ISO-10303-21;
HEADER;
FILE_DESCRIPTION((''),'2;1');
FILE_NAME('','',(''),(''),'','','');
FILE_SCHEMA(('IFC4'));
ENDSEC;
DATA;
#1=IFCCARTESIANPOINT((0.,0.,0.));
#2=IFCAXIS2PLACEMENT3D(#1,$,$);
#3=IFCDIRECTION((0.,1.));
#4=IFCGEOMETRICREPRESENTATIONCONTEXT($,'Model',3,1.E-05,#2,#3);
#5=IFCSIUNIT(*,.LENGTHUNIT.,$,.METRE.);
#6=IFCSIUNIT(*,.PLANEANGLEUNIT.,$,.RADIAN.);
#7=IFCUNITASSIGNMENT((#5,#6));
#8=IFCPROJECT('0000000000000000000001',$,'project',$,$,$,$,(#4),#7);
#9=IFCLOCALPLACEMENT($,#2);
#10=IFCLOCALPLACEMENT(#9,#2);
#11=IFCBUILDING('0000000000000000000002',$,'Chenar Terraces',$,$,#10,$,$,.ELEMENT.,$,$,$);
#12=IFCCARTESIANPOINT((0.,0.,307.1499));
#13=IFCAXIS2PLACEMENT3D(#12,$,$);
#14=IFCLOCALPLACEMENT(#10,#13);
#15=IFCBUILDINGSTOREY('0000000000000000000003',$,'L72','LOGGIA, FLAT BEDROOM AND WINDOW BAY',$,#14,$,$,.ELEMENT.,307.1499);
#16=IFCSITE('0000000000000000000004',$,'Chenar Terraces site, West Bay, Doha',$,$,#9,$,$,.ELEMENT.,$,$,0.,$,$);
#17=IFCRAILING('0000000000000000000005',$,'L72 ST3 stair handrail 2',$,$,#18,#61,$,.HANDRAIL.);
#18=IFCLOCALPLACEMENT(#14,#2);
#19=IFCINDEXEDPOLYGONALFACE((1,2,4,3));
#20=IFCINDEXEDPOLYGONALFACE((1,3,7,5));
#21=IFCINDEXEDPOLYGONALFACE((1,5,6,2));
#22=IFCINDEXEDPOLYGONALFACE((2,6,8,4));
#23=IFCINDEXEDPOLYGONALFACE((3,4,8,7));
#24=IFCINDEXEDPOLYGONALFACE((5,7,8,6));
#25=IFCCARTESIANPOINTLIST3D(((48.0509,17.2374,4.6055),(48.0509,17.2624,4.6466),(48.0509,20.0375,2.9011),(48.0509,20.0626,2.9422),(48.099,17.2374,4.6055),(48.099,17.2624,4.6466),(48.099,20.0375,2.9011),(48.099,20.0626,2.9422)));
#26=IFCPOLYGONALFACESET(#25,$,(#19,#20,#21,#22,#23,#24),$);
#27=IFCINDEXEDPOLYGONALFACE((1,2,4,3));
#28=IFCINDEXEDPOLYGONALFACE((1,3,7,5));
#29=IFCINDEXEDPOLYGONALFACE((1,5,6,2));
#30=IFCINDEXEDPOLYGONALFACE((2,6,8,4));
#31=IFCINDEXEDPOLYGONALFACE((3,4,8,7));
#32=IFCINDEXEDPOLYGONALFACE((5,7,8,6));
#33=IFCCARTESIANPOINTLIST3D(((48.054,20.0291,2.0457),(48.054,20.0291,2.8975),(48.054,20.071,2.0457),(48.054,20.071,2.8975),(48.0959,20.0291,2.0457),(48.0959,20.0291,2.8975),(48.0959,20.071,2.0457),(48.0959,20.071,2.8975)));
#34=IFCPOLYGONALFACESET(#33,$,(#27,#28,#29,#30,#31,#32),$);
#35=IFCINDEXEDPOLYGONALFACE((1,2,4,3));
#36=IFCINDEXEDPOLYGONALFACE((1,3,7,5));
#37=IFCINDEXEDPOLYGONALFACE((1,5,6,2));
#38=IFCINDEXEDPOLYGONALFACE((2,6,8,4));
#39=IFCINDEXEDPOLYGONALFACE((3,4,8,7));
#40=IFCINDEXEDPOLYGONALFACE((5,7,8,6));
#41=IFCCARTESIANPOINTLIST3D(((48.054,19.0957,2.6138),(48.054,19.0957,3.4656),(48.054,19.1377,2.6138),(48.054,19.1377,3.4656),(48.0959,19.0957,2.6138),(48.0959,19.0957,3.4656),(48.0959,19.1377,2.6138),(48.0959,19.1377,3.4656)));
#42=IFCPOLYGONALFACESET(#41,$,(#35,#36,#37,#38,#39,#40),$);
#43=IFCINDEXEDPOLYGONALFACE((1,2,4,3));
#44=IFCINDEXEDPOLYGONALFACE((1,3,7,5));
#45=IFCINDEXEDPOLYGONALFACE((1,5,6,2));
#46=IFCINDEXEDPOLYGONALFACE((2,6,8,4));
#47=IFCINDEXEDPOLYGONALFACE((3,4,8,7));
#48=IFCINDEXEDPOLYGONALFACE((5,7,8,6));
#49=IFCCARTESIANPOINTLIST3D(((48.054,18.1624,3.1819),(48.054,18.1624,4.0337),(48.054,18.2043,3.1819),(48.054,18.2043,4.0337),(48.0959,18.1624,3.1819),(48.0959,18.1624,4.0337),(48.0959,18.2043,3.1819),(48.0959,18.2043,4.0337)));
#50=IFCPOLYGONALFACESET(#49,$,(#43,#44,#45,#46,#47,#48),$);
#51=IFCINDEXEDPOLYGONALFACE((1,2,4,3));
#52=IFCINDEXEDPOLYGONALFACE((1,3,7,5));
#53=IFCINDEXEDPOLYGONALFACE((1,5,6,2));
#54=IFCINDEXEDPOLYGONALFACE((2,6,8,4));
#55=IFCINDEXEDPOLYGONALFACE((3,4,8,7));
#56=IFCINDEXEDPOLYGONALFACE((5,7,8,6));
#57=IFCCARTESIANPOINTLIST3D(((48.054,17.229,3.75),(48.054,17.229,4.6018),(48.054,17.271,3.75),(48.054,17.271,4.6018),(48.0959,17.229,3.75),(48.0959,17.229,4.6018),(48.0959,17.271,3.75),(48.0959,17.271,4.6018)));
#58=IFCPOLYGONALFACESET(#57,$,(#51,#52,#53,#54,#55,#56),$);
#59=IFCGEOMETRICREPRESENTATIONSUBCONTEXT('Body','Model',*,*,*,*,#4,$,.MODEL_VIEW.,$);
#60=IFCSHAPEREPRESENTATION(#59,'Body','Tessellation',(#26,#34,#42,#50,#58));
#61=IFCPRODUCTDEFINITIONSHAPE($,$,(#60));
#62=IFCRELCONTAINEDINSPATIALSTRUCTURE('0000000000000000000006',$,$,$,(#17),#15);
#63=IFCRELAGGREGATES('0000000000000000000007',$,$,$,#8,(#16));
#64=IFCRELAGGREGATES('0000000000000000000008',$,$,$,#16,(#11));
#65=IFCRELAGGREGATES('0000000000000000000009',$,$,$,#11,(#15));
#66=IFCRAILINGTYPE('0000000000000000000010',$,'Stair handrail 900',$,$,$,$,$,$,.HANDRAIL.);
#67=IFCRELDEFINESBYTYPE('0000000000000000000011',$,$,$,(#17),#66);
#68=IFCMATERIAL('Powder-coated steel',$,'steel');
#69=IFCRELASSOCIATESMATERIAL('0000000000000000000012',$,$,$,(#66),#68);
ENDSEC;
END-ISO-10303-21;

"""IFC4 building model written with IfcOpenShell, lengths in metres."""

from ifc_helpers import new_model, si_unit, direction, frame, origin, origin_2d, place, context, subcontext, project, spatial, rectangle, extrude, material, type_object, element, save


model = new_model("IFC4")

# Units and contexts
model_context = context("Model", 3, precision=1e-05, world=origin(), true_north=direction((0.0, 1.0)))
body_context = subcontext(model_context, "Body", "Model", "MODEL_VIEW")
ifc_project = project(units=[si_unit("LENGTHUNIT", "METRE"), si_unit("PLANEANGLEUNIT", "RADIAN")], contexts=[model_context])

# Site, building, storey
site_placement = place(None, origin())
site = spatial("IfcSite", under=ifc_project, at=site_placement, Name="Chenar Terraces site, West Bay, Doha", CompositionType="ELEMENT", RefElevation=0.0)
building_placement = place(site_placement, origin())
building = spatial("IfcBuilding", under=site, at=building_placement, Name="Chenar Terraces", CompositionType="ELEMENT")
storey_placement = place(building_placement, frame((0.0, 0.0, 307.1499)))
storey = spatial("IfcBuildingStorey", under=building, at=storey_placement, Name="L72", Description="LOGGIA, FLAT BEDROOM AND WINDOW BAY", CompositionType="ELEMENT", Elevation=307.1499)

# Railing
ifc_material_1 = material(Name="Powder-coated steel", Category="steel")
railing_type_1 = type_object("IfcRailingType", Name="Stair handrail 900", PredefinedType="HANDRAIL", material=ifc_material_1)
railing_1_placement = place(storey_placement, frame((48.075, 20.05, 2.0457)))
element("IfcRailing", 1, at=railing_1_placement, inside=storey, type_object=railing_type_1, Name="L72 ST3 stair handrail 2", PredefinedType="HANDRAIL", context=body_context, shape_type="SweptSolid", body=[
    extrude(rectangle(XDim=0.0481, YDim=0.0481, at=origin_2d()), frame((0.0, 0.0, 0.876), z_axis=(0.0, -0.854203, 0.51994), x_axis=(1.0, 0.0, 0.0)), (0.0, 0.0, 1.0), 3.2781),
    extrude(rectangle(XDim=0.042, YDim=0.042, at=origin_2d()), origin(), (0.0, 0.0, 1.0), 0.8518),
    extrude(rectangle(XDim=0.042, YDim=0.042, at=origin_2d()), frame((0.0, -0.9333, 0.5681)), (0.0, 0.0, 1.0), 0.8518),
    extrude(rectangle(XDim=0.042, YDim=0.042, at=origin_2d()), frame((0.0, -1.8667, 1.1362)), (0.0, 0.0, 1.0), 0.8518),
    extrude(rectangle(XDim=0.042, YDim=0.042, at=origin_2d()), frame((0.0, -2.8, 1.7043)), (0.0, 0.0, 1.0), 0.8518),
])

save(model, "model.ifc")
